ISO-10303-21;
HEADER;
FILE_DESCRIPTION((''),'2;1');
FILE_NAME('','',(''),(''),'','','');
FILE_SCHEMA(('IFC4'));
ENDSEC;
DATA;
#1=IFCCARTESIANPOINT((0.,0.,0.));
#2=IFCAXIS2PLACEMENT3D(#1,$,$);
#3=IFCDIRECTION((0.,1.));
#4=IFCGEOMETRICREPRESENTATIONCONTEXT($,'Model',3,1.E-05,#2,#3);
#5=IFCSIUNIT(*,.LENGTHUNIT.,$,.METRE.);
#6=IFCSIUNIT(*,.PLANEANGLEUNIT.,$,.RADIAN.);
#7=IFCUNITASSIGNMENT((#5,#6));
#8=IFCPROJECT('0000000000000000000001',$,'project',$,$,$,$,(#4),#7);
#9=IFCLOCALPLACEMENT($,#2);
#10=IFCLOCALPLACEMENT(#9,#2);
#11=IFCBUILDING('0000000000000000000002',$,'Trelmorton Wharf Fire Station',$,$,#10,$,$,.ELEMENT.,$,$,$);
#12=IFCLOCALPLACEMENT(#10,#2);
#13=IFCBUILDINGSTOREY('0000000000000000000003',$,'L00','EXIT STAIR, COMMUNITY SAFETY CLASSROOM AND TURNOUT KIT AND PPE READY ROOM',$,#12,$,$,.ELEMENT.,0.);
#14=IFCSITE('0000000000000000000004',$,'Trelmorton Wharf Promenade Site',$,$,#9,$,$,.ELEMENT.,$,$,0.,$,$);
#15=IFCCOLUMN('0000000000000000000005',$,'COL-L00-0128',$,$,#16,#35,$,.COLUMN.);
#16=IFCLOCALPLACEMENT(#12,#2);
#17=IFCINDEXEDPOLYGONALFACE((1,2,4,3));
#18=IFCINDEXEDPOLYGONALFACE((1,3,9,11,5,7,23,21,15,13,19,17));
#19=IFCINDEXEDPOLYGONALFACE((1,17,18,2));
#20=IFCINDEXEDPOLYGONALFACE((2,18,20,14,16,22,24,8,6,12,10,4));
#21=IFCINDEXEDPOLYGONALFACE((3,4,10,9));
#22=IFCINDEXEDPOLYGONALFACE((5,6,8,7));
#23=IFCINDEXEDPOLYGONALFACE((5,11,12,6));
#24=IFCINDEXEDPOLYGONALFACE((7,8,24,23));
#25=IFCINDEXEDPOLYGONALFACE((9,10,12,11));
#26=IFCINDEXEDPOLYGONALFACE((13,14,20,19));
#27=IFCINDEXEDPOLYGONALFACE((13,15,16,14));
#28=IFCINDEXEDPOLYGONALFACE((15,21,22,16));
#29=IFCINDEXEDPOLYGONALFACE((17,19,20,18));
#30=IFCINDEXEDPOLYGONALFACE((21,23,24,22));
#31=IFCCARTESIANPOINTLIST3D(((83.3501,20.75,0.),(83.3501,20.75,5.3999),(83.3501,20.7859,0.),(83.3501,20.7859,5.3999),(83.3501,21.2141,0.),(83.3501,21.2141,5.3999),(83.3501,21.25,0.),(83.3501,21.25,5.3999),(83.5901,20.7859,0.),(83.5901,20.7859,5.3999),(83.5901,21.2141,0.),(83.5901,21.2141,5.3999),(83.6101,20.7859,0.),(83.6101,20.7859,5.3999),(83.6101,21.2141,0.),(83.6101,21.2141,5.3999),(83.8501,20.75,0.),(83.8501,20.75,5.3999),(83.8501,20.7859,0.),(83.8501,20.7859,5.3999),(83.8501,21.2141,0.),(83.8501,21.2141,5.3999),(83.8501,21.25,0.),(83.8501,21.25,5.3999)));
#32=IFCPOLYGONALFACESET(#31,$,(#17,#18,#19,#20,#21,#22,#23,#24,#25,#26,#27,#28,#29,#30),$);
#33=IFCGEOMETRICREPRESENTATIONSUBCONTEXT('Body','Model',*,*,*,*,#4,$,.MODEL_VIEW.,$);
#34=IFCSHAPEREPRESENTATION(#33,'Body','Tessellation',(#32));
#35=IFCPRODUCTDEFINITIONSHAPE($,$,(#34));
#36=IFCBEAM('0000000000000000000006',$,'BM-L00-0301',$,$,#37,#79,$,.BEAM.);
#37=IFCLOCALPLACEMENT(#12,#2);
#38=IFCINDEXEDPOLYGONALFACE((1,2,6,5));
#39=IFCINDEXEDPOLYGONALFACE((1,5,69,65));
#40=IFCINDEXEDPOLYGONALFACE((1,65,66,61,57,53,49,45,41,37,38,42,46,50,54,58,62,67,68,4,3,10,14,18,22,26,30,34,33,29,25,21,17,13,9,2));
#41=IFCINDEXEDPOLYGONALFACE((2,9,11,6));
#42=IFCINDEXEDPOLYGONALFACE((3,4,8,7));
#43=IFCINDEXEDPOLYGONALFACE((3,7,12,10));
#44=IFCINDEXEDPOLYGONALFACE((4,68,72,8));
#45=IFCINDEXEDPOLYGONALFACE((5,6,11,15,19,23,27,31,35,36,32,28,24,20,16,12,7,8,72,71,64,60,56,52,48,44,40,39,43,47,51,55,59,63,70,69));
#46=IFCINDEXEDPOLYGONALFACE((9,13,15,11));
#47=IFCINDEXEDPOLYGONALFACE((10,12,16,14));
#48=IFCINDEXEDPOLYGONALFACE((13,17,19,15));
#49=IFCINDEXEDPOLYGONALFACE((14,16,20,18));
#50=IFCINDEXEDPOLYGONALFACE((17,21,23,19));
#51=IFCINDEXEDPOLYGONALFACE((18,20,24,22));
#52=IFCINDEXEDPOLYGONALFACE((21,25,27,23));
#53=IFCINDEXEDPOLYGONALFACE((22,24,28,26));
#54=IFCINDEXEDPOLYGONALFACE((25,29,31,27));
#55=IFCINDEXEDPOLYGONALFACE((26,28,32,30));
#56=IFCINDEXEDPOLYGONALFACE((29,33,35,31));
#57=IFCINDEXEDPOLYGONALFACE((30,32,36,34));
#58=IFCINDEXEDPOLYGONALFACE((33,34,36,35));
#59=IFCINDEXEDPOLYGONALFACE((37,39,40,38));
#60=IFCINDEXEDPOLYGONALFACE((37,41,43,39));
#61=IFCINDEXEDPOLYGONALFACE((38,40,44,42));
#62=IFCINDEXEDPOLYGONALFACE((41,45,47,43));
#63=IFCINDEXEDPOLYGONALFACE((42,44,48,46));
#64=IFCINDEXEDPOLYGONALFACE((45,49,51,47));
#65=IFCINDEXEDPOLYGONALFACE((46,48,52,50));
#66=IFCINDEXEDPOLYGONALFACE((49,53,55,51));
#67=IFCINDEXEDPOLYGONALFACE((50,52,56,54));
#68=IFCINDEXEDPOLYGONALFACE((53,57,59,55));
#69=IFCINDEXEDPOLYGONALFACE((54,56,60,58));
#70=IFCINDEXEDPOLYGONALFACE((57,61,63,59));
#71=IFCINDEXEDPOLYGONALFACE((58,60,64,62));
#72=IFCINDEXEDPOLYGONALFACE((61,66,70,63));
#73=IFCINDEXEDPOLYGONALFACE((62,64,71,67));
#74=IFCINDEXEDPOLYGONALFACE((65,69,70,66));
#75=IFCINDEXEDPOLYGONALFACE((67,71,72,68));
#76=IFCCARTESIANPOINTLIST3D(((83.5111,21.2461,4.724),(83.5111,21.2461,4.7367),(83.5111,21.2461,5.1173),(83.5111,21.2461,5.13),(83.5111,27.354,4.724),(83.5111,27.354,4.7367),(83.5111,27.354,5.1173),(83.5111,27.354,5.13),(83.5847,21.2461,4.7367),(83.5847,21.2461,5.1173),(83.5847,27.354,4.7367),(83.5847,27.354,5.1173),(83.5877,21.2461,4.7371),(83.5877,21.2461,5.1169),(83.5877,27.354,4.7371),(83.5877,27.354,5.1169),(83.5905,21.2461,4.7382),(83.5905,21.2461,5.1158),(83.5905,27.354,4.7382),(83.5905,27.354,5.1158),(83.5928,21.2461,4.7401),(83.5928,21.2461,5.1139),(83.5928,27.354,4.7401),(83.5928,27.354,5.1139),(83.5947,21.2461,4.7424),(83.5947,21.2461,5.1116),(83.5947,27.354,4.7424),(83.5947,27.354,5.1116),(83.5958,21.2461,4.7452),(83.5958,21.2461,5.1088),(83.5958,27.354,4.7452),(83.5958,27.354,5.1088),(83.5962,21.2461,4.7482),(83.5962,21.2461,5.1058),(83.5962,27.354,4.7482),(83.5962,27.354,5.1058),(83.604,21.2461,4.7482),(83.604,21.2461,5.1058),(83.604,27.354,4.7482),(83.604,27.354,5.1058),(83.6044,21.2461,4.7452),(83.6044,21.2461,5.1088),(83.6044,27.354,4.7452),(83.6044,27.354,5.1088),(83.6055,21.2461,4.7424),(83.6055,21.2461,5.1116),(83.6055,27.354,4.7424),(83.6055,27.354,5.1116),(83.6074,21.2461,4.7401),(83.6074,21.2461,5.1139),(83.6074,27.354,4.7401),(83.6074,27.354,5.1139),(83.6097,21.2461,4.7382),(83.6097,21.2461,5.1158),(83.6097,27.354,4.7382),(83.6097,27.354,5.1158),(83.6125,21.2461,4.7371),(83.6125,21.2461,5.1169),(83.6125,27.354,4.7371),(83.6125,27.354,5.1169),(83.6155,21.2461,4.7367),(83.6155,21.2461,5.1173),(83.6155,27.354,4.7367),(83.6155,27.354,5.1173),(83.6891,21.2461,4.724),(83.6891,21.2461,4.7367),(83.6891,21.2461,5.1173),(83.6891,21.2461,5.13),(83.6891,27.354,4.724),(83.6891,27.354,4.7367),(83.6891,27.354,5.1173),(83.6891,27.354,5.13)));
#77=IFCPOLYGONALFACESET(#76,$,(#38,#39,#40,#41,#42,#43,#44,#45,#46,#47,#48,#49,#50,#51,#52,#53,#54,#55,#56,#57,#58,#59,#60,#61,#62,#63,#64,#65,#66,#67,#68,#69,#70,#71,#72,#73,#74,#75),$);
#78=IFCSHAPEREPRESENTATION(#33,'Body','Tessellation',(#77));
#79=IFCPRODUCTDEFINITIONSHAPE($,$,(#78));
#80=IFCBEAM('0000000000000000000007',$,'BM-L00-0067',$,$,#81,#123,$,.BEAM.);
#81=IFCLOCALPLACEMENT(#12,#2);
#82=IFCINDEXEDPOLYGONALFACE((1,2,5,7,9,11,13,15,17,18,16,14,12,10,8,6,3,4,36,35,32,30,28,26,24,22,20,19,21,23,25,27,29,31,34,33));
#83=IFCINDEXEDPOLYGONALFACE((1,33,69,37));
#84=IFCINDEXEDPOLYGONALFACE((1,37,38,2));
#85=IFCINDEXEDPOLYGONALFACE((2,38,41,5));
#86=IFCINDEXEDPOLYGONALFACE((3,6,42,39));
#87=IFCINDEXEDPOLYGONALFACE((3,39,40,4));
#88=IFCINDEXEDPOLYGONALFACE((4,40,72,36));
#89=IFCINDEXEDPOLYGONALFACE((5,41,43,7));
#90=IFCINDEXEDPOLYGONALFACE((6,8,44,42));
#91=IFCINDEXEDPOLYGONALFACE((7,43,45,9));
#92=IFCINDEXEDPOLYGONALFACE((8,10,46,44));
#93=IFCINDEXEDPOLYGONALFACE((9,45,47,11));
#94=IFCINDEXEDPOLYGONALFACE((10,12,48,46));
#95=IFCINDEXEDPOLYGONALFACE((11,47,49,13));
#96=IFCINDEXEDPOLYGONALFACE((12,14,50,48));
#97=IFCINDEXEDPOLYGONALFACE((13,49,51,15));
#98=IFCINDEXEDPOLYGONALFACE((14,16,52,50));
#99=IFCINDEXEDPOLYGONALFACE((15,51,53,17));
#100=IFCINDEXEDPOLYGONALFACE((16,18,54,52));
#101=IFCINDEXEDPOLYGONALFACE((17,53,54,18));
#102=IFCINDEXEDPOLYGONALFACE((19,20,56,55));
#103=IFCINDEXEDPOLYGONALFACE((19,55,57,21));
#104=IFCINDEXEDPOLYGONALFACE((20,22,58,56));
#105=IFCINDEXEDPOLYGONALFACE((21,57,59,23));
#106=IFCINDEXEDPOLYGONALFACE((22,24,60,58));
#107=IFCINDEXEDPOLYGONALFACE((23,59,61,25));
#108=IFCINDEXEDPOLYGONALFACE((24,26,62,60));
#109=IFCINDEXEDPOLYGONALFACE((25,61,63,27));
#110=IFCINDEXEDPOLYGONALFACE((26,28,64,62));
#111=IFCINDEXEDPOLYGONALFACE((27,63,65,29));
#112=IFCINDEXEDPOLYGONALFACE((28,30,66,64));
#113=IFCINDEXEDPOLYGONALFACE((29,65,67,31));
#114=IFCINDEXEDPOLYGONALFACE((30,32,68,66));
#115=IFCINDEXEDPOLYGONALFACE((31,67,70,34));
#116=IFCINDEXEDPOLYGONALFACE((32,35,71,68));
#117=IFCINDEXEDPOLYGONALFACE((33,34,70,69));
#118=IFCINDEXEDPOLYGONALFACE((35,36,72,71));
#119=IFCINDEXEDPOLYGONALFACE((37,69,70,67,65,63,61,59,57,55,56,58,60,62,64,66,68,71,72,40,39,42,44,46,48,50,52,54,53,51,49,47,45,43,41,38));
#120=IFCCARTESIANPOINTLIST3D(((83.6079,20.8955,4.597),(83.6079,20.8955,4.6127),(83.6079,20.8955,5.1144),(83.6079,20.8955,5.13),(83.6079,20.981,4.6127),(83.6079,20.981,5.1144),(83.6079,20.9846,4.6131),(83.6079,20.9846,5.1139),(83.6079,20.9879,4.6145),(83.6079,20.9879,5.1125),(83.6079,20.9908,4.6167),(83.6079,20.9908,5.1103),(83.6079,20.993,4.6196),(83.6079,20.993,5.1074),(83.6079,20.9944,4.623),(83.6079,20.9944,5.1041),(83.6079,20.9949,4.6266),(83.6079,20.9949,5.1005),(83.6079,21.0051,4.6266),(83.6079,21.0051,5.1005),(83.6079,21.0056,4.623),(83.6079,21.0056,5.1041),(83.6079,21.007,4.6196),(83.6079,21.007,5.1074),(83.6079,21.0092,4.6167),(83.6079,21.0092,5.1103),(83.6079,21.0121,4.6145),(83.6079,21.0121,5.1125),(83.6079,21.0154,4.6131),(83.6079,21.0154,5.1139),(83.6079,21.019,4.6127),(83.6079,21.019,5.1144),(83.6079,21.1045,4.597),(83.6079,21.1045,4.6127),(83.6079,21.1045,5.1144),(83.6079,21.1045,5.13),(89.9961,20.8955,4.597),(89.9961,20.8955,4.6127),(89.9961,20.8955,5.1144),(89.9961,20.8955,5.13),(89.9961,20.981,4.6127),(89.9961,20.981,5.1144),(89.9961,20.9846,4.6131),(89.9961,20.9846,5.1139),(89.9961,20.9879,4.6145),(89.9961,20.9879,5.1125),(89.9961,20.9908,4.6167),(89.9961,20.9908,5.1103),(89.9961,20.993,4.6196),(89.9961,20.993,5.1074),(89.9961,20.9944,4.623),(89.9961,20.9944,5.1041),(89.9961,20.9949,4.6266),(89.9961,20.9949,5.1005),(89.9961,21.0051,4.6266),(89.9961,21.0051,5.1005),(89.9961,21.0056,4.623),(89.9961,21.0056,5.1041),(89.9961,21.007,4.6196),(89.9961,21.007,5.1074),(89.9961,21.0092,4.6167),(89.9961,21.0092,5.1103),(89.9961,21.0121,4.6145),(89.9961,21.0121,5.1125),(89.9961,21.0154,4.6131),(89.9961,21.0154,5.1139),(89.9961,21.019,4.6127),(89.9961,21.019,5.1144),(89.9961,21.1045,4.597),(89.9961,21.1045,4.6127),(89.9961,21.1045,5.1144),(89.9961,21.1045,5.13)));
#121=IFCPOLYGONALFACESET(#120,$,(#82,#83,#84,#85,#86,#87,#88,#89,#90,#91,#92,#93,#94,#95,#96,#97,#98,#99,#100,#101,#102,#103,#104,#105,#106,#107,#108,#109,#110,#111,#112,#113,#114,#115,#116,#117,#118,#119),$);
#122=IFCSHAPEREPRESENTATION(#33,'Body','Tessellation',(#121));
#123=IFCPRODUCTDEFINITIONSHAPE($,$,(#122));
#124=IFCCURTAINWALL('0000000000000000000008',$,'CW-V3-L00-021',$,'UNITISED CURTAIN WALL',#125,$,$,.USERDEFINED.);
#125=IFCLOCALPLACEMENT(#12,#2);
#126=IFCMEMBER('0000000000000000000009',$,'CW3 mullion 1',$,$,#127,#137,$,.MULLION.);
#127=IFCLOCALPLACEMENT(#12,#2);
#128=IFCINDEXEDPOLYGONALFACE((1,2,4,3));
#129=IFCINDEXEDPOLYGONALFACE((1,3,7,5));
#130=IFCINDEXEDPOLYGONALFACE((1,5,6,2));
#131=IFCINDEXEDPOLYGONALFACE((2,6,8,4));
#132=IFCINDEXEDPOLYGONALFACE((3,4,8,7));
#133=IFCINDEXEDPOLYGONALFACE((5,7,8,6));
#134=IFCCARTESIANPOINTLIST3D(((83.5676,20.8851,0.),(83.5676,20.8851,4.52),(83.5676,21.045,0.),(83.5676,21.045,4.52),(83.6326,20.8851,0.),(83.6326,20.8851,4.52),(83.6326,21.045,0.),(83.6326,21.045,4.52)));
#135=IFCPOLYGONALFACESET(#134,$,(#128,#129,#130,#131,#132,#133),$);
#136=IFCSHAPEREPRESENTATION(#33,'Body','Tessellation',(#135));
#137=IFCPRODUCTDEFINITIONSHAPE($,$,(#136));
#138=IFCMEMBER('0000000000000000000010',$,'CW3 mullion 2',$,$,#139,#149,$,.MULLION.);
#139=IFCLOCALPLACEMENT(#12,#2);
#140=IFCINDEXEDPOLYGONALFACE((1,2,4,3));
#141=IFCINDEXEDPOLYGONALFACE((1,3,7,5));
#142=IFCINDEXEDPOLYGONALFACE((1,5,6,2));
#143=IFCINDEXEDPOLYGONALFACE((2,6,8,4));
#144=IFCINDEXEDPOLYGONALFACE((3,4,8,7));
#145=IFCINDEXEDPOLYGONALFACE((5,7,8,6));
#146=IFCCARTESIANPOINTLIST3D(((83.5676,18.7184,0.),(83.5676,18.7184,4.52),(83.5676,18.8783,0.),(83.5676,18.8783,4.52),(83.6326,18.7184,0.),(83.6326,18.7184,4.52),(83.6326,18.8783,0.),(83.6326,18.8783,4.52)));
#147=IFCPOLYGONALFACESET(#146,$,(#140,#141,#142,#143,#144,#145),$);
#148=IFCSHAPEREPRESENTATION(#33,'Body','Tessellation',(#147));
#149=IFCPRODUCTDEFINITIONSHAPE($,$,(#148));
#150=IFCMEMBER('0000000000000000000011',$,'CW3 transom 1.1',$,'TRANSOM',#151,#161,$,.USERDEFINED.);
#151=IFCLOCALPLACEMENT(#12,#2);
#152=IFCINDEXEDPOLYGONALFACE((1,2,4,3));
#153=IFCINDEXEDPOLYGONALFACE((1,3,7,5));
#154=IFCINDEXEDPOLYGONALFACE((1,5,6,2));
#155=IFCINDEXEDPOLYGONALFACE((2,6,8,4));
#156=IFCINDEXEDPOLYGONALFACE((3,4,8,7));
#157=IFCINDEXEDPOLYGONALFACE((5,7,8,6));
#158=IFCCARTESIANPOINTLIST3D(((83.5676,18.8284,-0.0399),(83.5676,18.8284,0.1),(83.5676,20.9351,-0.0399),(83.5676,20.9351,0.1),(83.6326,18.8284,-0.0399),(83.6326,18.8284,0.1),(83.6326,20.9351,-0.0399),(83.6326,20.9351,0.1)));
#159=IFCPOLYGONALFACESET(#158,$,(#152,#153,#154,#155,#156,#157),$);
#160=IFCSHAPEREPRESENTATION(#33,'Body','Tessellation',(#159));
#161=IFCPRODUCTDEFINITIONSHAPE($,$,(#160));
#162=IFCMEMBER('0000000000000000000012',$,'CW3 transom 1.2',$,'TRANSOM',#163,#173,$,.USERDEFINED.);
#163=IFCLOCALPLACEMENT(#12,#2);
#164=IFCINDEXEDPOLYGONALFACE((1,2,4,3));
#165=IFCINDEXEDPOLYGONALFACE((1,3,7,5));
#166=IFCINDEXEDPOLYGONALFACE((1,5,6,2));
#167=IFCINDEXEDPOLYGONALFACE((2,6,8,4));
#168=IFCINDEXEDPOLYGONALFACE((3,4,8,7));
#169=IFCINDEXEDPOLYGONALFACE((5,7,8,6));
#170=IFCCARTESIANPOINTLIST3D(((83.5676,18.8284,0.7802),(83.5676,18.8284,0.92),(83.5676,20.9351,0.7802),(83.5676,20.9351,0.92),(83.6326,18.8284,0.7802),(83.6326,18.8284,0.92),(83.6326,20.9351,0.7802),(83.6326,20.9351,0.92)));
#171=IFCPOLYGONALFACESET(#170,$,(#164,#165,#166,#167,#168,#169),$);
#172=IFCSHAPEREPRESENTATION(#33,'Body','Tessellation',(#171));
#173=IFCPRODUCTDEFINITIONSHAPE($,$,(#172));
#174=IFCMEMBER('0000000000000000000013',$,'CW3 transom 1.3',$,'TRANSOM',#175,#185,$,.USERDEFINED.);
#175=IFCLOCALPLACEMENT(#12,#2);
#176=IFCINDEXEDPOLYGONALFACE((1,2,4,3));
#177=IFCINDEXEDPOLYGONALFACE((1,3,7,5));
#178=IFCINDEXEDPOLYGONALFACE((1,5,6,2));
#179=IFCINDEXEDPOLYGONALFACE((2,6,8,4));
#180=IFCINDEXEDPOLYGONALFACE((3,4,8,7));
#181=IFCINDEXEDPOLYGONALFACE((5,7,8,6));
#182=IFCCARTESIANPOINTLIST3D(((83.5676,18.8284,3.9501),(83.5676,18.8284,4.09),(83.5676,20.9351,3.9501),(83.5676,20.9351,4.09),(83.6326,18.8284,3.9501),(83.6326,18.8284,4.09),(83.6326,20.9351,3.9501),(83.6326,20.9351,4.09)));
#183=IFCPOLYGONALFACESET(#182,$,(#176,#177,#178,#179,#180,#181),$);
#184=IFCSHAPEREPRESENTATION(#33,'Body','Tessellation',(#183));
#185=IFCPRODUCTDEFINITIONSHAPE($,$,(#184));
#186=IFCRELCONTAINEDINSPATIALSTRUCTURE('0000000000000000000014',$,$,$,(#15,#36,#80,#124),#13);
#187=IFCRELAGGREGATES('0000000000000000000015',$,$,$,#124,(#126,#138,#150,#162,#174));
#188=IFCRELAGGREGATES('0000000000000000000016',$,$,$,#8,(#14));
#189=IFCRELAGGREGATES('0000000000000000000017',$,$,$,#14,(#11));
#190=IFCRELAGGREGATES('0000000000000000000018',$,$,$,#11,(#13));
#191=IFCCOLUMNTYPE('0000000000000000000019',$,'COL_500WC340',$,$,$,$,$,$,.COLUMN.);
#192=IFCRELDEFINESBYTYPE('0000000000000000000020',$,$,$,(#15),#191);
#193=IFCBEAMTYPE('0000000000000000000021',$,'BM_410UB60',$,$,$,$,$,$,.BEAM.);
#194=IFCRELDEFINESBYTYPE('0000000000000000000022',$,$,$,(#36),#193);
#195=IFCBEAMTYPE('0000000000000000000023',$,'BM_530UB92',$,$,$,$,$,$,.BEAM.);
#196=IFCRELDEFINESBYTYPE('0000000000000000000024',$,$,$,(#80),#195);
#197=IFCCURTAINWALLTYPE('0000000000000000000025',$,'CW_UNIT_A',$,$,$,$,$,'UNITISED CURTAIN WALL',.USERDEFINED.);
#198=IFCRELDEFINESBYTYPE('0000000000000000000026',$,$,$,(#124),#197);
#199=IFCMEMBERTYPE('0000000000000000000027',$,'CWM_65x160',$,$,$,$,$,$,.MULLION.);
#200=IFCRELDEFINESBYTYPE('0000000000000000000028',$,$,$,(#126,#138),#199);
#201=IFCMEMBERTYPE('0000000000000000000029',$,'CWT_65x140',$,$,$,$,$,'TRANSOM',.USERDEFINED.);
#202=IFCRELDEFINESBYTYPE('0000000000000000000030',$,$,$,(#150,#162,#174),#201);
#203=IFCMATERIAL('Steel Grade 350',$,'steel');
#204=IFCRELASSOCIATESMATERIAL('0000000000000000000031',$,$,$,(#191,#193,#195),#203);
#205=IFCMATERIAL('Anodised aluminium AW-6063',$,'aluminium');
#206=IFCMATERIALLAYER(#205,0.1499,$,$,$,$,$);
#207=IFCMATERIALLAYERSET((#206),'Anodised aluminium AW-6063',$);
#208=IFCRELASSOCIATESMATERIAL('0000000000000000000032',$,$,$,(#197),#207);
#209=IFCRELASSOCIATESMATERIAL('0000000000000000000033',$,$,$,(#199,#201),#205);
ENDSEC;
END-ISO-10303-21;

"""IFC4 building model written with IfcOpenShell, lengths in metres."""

from ifc_helpers import new_model, si_unit, direction, frame, origin, origin_2d, place, context, subcontext, project, spatial, rectangle, i_section, extrude, material, layer, layer_set, material_profile, profile_set, type_object, element, aggregate, save


model = new_model("IFC4")

# Units and contexts
model_context = context("Model", 3, precision=1e-05, world=origin(), true_north=direction((0.0, 1.0)))
body_context = subcontext(model_context, "Body", "Model", "MODEL_VIEW")
ifc_project = project(units=[si_unit("LENGTHUNIT", "METRE"), si_unit("PLANEANGLEUNIT", "RADIAN")], contexts=[model_context])

# Site, building, storey
site_placement = place(None, origin())
site = spatial("IfcSite", under=ifc_project, at=site_placement, Name="Trelmorton Wharf Promenade Site", CompositionType="ELEMENT", RefElevation=0.0)
building_placement = place(site_placement, origin())
building = spatial("IfcBuilding", under=site, at=building_placement, Name="Trelmorton Wharf Fire Station", CompositionType="ELEMENT")
storey_placement = place(building_placement, origin())
storey = spatial("IfcBuildingStorey", under=building, at=storey_placement, Name="L00", Description="EXIT STAIR, COMMUNITY SAFETY CLASSROOM AND TURNOUT KIT AND PPE READY ROOM", CompositionType="ELEMENT", Elevation=0.0)

# Column
ifc_material_1 = material(Name="Steel Grade 350", Category="steel")
ifc_material_profile_1 = material_profile(ifc_material_1, i_section(OverallWidth=0.5, OverallDepth=0.5, WebThickness=0.02, FlangeThickness=0.0359, at=origin_2d()), Name="500WC340")
ifc_profile_set_1 = profile_set([ifc_material_profile_1], Name="Steel Grade 350")
column_type = type_object("IfcColumnType", Name="COL_500WC340", PredefinedType="COLUMN", material=ifc_profile_set_1)
column_placement = place(storey_placement, frame((83.6001, 21.0, 0.0), z_axis=(0.0, 0.0, 1.0), x_axis=(1.0, 0.0, 0.0)))
element("IfcColumn", 1, at=column_placement, inside=storey, type_object=column_type, Name="COL-L00-0128", PredefinedType="COLUMN", context=body_context, shape_type="SweptSolid", body=[
    extrude(i_section(OverallWidth=0.5, OverallDepth=0.5, WebThickness=0.02, FlangeThickness=0.0359, at=origin_2d()), origin(), (0.0, 0.0, 1.0), 5.3999),
])

# Beams
ifc_material_profile_2 = material_profile(ifc_material_1, i_section(OverallWidth=0.178, OverallDepth=0.406, WebThickness=0.0078, FlangeThickness=0.0127, FilletRadius=0.0115, at=origin_2d()), Name="410UB59.7")
ifc_profile_set_2 = profile_set([ifc_material_profile_2], Name="Steel Grade 350")
beam_type_1 = type_object("IfcBeamType", Name="BM_410UB60", PredefinedType="BEAM", material=ifc_profile_set_2)
beam_1_placement = place(storey_placement, frame((83.6001, 21.2461, 4.927), z_axis=(0.0, 1.0, 0.0), x_axis=(-1.0, 0.0, 0.0)))
element("IfcBeam", 2, at=beam_1_placement, inside=storey, type_object=beam_type_1, Name="BM-L00-0301", PredefinedType="BEAM", context=body_context, shape_type="SweptSolid", body=[
    extrude(i_section(OverallWidth=0.178, OverallDepth=0.406, WebThickness=0.0078, FlangeThickness=0.0127, FilletRadius=0.0115, at=origin_2d()), origin(), (0.0, 0.0, 1.0), 6.1079),
])
ifc_material_profile_3 = material_profile(ifc_material_1, i_section(OverallWidth=0.209, OverallDepth=0.533, WebThickness=0.0103, FlangeThickness=0.0156, FilletRadius=0.0139, at=origin_2d()), Name="530UB92.4")
ifc_profile_set_3 = profile_set([ifc_material_profile_3], Name="Steel Grade 350")
beam_type_2 = type_object("IfcBeamType", Name="BM_530UB92", PredefinedType="BEAM", material=ifc_profile_set_3)
beam_2_placement = place(storey_placement, frame((83.6079, 21.0, 4.8635), z_axis=(1.0, 0.0, 0.0), x_axis=(0.0, 1.0, 0.0)))
element("IfcBeam", 3, at=beam_2_placement, inside=storey, type_object=beam_type_2, Name="BM-L00-0067", PredefinedType="BEAM", context=body_context, shape_type="SweptSolid", body=[
    extrude(i_section(OverallWidth=0.209, OverallDepth=0.533, WebThickness=0.0103, FlangeThickness=0.0156, FilletRadius=0.0139, at=origin_2d()), origin(), (0.0, 0.0, 1.0), 6.3882),
])

# Curtain wall, members
ifc_material_2 = material(Name="Anodised aluminium AW-6063", Category="aluminium")
ifc_layer_1 = layer(ifc_material_2, 0.1499)
ifc_layer_set_1 = layer_set([ifc_layer_1], Name="Anodised aluminium AW-6063")
curtain_wall_type = type_object("IfcCurtainWallType", Name="CW_UNIT_A", ElementType="UNITISED CURTAIN WALL", PredefinedType="USERDEFINED", material=ifc_layer_set_1)
curtain_wall_placement = place(storey_placement, origin())
curtain_wall = element("IfcCurtainWall", 4, at=curtain_wall_placement, inside=storey, type_object=curtain_wall_type, Name="CW-V3-L00-021", ObjectType="UNITISED CURTAIN WALL", PredefinedType="USERDEFINED")
ifc_material_profile_4 = material_profile(ifc_material_2, rectangle(XDim=0.0649, YDim=0.1599, at=origin_2d()), Name="ALU-65x160")
ifc_profile_set_4 = profile_set([ifc_material_profile_4], Name="Anodised aluminium AW-6063")
member_type_1 = type_object("IfcMemberType", Name="CWM_65x160", PredefinedType="MULLION", material=ifc_profile_set_4)
member_1_placement = place(storey_placement, frame((83.6001, 20.9651, 0.0), z_axis=(0.0, 0.0, 1.0), x_axis=(1.0, 0.0, 0.0)))
member_1 = element("IfcMember", 5, at=member_1_placement, type_object=member_type_1, Name="CW3 mullion 1", PredefinedType="MULLION", context=body_context, shape_type="SweptSolid", body=[
    extrude(rectangle(XDim=0.0649, YDim=0.1599, at=origin_2d()), origin(), (0.0, 0.0, 1.0), 4.52),
])
member_2_placement = place(storey_placement, frame((83.6001, 18.7983, 0.0), z_axis=(0.0, 0.0, 1.0), x_axis=(1.0, 0.0, 0.0)))
member_2 = element("IfcMember", 6, at=member_2_placement, type_object=member_type_1, Name="CW3 mullion 2", PredefinedType="MULLION", context=body_context, shape_type="SweptSolid", body=[
    extrude(rectangle(XDim=0.0649, YDim=0.1599, at=origin_2d()), origin(), (0.0, 0.0, 1.0), 4.52),
])
ifc_material_profile_5 = material_profile(ifc_material_2, rectangle(XDim=0.0649, YDim=0.1399, at=origin_2d()), Name="ALU-65x140")
ifc_profile_set_5 = profile_set([ifc_material_profile_5], Name="Anodised aluminium AW-6063")
member_type_2 = type_object("IfcMemberType", Name="CWT_65x140", ElementType="TRANSOM", PredefinedType="USERDEFINED", material=ifc_profile_set_5)
member_3_placement = place(storey_placement, frame((83.6001, 20.9351, 0.03), z_axis=(0.0, -1.0, 0.0), x_axis=(1.0, 0.0, 0.0)))
member_3 = element("IfcMember", 7, at=member_3_placement, type_object=member_type_2, Name="CW3 transom 1.1", ObjectType="TRANSOM", PredefinedType="USERDEFINED", context=body_context, shape_type="SweptSolid", body=[
    extrude(rectangle(XDim=0.0649, YDim=0.1399, at=origin_2d()), origin(), (0.0, 0.0, 1.0), 2.1067),
])
member_4_placement = place(storey_placement, frame((83.6001, 20.9351, 0.8501), z_axis=(0.0, -1.0, 0.0), x_axis=(1.0, 0.0, 0.0)))
member_4 = element("IfcMember", 8, at=member_4_placement, type_object=member_type_2, Name="CW3 transom 1.2", ObjectType="TRANSOM", PredefinedType="USERDEFINED", context=body_context, shape_type="SweptSolid", body=[
    extrude(rectangle(XDim=0.0649, YDim=0.1399, at=origin_2d()), origin(), (0.0, 0.0, 1.0), 2.1067),
])
member_5_placement = place(storey_placement, frame((83.6001, 20.9351, 4.02), z_axis=(0.0, -1.0, 0.0), x_axis=(1.0, 0.0, 0.0)))
member_5 = element("IfcMember", 9, at=member_5_placement, type_object=member_type_2, Name="CW3 transom 1.3", ObjectType="TRANSOM", PredefinedType="USERDEFINED", context=body_context, shape_type="SweptSolid", body=[
    extrude(rectangle(XDim=0.0649, YDim=0.1399, at=origin_2d()), origin(), (0.0, 0.0, 1.0), 2.1067),
])
aggregate(curtain_wall, [member_1, member_2, member_3, member_4, member_5])

save(model, "model.ifc")
